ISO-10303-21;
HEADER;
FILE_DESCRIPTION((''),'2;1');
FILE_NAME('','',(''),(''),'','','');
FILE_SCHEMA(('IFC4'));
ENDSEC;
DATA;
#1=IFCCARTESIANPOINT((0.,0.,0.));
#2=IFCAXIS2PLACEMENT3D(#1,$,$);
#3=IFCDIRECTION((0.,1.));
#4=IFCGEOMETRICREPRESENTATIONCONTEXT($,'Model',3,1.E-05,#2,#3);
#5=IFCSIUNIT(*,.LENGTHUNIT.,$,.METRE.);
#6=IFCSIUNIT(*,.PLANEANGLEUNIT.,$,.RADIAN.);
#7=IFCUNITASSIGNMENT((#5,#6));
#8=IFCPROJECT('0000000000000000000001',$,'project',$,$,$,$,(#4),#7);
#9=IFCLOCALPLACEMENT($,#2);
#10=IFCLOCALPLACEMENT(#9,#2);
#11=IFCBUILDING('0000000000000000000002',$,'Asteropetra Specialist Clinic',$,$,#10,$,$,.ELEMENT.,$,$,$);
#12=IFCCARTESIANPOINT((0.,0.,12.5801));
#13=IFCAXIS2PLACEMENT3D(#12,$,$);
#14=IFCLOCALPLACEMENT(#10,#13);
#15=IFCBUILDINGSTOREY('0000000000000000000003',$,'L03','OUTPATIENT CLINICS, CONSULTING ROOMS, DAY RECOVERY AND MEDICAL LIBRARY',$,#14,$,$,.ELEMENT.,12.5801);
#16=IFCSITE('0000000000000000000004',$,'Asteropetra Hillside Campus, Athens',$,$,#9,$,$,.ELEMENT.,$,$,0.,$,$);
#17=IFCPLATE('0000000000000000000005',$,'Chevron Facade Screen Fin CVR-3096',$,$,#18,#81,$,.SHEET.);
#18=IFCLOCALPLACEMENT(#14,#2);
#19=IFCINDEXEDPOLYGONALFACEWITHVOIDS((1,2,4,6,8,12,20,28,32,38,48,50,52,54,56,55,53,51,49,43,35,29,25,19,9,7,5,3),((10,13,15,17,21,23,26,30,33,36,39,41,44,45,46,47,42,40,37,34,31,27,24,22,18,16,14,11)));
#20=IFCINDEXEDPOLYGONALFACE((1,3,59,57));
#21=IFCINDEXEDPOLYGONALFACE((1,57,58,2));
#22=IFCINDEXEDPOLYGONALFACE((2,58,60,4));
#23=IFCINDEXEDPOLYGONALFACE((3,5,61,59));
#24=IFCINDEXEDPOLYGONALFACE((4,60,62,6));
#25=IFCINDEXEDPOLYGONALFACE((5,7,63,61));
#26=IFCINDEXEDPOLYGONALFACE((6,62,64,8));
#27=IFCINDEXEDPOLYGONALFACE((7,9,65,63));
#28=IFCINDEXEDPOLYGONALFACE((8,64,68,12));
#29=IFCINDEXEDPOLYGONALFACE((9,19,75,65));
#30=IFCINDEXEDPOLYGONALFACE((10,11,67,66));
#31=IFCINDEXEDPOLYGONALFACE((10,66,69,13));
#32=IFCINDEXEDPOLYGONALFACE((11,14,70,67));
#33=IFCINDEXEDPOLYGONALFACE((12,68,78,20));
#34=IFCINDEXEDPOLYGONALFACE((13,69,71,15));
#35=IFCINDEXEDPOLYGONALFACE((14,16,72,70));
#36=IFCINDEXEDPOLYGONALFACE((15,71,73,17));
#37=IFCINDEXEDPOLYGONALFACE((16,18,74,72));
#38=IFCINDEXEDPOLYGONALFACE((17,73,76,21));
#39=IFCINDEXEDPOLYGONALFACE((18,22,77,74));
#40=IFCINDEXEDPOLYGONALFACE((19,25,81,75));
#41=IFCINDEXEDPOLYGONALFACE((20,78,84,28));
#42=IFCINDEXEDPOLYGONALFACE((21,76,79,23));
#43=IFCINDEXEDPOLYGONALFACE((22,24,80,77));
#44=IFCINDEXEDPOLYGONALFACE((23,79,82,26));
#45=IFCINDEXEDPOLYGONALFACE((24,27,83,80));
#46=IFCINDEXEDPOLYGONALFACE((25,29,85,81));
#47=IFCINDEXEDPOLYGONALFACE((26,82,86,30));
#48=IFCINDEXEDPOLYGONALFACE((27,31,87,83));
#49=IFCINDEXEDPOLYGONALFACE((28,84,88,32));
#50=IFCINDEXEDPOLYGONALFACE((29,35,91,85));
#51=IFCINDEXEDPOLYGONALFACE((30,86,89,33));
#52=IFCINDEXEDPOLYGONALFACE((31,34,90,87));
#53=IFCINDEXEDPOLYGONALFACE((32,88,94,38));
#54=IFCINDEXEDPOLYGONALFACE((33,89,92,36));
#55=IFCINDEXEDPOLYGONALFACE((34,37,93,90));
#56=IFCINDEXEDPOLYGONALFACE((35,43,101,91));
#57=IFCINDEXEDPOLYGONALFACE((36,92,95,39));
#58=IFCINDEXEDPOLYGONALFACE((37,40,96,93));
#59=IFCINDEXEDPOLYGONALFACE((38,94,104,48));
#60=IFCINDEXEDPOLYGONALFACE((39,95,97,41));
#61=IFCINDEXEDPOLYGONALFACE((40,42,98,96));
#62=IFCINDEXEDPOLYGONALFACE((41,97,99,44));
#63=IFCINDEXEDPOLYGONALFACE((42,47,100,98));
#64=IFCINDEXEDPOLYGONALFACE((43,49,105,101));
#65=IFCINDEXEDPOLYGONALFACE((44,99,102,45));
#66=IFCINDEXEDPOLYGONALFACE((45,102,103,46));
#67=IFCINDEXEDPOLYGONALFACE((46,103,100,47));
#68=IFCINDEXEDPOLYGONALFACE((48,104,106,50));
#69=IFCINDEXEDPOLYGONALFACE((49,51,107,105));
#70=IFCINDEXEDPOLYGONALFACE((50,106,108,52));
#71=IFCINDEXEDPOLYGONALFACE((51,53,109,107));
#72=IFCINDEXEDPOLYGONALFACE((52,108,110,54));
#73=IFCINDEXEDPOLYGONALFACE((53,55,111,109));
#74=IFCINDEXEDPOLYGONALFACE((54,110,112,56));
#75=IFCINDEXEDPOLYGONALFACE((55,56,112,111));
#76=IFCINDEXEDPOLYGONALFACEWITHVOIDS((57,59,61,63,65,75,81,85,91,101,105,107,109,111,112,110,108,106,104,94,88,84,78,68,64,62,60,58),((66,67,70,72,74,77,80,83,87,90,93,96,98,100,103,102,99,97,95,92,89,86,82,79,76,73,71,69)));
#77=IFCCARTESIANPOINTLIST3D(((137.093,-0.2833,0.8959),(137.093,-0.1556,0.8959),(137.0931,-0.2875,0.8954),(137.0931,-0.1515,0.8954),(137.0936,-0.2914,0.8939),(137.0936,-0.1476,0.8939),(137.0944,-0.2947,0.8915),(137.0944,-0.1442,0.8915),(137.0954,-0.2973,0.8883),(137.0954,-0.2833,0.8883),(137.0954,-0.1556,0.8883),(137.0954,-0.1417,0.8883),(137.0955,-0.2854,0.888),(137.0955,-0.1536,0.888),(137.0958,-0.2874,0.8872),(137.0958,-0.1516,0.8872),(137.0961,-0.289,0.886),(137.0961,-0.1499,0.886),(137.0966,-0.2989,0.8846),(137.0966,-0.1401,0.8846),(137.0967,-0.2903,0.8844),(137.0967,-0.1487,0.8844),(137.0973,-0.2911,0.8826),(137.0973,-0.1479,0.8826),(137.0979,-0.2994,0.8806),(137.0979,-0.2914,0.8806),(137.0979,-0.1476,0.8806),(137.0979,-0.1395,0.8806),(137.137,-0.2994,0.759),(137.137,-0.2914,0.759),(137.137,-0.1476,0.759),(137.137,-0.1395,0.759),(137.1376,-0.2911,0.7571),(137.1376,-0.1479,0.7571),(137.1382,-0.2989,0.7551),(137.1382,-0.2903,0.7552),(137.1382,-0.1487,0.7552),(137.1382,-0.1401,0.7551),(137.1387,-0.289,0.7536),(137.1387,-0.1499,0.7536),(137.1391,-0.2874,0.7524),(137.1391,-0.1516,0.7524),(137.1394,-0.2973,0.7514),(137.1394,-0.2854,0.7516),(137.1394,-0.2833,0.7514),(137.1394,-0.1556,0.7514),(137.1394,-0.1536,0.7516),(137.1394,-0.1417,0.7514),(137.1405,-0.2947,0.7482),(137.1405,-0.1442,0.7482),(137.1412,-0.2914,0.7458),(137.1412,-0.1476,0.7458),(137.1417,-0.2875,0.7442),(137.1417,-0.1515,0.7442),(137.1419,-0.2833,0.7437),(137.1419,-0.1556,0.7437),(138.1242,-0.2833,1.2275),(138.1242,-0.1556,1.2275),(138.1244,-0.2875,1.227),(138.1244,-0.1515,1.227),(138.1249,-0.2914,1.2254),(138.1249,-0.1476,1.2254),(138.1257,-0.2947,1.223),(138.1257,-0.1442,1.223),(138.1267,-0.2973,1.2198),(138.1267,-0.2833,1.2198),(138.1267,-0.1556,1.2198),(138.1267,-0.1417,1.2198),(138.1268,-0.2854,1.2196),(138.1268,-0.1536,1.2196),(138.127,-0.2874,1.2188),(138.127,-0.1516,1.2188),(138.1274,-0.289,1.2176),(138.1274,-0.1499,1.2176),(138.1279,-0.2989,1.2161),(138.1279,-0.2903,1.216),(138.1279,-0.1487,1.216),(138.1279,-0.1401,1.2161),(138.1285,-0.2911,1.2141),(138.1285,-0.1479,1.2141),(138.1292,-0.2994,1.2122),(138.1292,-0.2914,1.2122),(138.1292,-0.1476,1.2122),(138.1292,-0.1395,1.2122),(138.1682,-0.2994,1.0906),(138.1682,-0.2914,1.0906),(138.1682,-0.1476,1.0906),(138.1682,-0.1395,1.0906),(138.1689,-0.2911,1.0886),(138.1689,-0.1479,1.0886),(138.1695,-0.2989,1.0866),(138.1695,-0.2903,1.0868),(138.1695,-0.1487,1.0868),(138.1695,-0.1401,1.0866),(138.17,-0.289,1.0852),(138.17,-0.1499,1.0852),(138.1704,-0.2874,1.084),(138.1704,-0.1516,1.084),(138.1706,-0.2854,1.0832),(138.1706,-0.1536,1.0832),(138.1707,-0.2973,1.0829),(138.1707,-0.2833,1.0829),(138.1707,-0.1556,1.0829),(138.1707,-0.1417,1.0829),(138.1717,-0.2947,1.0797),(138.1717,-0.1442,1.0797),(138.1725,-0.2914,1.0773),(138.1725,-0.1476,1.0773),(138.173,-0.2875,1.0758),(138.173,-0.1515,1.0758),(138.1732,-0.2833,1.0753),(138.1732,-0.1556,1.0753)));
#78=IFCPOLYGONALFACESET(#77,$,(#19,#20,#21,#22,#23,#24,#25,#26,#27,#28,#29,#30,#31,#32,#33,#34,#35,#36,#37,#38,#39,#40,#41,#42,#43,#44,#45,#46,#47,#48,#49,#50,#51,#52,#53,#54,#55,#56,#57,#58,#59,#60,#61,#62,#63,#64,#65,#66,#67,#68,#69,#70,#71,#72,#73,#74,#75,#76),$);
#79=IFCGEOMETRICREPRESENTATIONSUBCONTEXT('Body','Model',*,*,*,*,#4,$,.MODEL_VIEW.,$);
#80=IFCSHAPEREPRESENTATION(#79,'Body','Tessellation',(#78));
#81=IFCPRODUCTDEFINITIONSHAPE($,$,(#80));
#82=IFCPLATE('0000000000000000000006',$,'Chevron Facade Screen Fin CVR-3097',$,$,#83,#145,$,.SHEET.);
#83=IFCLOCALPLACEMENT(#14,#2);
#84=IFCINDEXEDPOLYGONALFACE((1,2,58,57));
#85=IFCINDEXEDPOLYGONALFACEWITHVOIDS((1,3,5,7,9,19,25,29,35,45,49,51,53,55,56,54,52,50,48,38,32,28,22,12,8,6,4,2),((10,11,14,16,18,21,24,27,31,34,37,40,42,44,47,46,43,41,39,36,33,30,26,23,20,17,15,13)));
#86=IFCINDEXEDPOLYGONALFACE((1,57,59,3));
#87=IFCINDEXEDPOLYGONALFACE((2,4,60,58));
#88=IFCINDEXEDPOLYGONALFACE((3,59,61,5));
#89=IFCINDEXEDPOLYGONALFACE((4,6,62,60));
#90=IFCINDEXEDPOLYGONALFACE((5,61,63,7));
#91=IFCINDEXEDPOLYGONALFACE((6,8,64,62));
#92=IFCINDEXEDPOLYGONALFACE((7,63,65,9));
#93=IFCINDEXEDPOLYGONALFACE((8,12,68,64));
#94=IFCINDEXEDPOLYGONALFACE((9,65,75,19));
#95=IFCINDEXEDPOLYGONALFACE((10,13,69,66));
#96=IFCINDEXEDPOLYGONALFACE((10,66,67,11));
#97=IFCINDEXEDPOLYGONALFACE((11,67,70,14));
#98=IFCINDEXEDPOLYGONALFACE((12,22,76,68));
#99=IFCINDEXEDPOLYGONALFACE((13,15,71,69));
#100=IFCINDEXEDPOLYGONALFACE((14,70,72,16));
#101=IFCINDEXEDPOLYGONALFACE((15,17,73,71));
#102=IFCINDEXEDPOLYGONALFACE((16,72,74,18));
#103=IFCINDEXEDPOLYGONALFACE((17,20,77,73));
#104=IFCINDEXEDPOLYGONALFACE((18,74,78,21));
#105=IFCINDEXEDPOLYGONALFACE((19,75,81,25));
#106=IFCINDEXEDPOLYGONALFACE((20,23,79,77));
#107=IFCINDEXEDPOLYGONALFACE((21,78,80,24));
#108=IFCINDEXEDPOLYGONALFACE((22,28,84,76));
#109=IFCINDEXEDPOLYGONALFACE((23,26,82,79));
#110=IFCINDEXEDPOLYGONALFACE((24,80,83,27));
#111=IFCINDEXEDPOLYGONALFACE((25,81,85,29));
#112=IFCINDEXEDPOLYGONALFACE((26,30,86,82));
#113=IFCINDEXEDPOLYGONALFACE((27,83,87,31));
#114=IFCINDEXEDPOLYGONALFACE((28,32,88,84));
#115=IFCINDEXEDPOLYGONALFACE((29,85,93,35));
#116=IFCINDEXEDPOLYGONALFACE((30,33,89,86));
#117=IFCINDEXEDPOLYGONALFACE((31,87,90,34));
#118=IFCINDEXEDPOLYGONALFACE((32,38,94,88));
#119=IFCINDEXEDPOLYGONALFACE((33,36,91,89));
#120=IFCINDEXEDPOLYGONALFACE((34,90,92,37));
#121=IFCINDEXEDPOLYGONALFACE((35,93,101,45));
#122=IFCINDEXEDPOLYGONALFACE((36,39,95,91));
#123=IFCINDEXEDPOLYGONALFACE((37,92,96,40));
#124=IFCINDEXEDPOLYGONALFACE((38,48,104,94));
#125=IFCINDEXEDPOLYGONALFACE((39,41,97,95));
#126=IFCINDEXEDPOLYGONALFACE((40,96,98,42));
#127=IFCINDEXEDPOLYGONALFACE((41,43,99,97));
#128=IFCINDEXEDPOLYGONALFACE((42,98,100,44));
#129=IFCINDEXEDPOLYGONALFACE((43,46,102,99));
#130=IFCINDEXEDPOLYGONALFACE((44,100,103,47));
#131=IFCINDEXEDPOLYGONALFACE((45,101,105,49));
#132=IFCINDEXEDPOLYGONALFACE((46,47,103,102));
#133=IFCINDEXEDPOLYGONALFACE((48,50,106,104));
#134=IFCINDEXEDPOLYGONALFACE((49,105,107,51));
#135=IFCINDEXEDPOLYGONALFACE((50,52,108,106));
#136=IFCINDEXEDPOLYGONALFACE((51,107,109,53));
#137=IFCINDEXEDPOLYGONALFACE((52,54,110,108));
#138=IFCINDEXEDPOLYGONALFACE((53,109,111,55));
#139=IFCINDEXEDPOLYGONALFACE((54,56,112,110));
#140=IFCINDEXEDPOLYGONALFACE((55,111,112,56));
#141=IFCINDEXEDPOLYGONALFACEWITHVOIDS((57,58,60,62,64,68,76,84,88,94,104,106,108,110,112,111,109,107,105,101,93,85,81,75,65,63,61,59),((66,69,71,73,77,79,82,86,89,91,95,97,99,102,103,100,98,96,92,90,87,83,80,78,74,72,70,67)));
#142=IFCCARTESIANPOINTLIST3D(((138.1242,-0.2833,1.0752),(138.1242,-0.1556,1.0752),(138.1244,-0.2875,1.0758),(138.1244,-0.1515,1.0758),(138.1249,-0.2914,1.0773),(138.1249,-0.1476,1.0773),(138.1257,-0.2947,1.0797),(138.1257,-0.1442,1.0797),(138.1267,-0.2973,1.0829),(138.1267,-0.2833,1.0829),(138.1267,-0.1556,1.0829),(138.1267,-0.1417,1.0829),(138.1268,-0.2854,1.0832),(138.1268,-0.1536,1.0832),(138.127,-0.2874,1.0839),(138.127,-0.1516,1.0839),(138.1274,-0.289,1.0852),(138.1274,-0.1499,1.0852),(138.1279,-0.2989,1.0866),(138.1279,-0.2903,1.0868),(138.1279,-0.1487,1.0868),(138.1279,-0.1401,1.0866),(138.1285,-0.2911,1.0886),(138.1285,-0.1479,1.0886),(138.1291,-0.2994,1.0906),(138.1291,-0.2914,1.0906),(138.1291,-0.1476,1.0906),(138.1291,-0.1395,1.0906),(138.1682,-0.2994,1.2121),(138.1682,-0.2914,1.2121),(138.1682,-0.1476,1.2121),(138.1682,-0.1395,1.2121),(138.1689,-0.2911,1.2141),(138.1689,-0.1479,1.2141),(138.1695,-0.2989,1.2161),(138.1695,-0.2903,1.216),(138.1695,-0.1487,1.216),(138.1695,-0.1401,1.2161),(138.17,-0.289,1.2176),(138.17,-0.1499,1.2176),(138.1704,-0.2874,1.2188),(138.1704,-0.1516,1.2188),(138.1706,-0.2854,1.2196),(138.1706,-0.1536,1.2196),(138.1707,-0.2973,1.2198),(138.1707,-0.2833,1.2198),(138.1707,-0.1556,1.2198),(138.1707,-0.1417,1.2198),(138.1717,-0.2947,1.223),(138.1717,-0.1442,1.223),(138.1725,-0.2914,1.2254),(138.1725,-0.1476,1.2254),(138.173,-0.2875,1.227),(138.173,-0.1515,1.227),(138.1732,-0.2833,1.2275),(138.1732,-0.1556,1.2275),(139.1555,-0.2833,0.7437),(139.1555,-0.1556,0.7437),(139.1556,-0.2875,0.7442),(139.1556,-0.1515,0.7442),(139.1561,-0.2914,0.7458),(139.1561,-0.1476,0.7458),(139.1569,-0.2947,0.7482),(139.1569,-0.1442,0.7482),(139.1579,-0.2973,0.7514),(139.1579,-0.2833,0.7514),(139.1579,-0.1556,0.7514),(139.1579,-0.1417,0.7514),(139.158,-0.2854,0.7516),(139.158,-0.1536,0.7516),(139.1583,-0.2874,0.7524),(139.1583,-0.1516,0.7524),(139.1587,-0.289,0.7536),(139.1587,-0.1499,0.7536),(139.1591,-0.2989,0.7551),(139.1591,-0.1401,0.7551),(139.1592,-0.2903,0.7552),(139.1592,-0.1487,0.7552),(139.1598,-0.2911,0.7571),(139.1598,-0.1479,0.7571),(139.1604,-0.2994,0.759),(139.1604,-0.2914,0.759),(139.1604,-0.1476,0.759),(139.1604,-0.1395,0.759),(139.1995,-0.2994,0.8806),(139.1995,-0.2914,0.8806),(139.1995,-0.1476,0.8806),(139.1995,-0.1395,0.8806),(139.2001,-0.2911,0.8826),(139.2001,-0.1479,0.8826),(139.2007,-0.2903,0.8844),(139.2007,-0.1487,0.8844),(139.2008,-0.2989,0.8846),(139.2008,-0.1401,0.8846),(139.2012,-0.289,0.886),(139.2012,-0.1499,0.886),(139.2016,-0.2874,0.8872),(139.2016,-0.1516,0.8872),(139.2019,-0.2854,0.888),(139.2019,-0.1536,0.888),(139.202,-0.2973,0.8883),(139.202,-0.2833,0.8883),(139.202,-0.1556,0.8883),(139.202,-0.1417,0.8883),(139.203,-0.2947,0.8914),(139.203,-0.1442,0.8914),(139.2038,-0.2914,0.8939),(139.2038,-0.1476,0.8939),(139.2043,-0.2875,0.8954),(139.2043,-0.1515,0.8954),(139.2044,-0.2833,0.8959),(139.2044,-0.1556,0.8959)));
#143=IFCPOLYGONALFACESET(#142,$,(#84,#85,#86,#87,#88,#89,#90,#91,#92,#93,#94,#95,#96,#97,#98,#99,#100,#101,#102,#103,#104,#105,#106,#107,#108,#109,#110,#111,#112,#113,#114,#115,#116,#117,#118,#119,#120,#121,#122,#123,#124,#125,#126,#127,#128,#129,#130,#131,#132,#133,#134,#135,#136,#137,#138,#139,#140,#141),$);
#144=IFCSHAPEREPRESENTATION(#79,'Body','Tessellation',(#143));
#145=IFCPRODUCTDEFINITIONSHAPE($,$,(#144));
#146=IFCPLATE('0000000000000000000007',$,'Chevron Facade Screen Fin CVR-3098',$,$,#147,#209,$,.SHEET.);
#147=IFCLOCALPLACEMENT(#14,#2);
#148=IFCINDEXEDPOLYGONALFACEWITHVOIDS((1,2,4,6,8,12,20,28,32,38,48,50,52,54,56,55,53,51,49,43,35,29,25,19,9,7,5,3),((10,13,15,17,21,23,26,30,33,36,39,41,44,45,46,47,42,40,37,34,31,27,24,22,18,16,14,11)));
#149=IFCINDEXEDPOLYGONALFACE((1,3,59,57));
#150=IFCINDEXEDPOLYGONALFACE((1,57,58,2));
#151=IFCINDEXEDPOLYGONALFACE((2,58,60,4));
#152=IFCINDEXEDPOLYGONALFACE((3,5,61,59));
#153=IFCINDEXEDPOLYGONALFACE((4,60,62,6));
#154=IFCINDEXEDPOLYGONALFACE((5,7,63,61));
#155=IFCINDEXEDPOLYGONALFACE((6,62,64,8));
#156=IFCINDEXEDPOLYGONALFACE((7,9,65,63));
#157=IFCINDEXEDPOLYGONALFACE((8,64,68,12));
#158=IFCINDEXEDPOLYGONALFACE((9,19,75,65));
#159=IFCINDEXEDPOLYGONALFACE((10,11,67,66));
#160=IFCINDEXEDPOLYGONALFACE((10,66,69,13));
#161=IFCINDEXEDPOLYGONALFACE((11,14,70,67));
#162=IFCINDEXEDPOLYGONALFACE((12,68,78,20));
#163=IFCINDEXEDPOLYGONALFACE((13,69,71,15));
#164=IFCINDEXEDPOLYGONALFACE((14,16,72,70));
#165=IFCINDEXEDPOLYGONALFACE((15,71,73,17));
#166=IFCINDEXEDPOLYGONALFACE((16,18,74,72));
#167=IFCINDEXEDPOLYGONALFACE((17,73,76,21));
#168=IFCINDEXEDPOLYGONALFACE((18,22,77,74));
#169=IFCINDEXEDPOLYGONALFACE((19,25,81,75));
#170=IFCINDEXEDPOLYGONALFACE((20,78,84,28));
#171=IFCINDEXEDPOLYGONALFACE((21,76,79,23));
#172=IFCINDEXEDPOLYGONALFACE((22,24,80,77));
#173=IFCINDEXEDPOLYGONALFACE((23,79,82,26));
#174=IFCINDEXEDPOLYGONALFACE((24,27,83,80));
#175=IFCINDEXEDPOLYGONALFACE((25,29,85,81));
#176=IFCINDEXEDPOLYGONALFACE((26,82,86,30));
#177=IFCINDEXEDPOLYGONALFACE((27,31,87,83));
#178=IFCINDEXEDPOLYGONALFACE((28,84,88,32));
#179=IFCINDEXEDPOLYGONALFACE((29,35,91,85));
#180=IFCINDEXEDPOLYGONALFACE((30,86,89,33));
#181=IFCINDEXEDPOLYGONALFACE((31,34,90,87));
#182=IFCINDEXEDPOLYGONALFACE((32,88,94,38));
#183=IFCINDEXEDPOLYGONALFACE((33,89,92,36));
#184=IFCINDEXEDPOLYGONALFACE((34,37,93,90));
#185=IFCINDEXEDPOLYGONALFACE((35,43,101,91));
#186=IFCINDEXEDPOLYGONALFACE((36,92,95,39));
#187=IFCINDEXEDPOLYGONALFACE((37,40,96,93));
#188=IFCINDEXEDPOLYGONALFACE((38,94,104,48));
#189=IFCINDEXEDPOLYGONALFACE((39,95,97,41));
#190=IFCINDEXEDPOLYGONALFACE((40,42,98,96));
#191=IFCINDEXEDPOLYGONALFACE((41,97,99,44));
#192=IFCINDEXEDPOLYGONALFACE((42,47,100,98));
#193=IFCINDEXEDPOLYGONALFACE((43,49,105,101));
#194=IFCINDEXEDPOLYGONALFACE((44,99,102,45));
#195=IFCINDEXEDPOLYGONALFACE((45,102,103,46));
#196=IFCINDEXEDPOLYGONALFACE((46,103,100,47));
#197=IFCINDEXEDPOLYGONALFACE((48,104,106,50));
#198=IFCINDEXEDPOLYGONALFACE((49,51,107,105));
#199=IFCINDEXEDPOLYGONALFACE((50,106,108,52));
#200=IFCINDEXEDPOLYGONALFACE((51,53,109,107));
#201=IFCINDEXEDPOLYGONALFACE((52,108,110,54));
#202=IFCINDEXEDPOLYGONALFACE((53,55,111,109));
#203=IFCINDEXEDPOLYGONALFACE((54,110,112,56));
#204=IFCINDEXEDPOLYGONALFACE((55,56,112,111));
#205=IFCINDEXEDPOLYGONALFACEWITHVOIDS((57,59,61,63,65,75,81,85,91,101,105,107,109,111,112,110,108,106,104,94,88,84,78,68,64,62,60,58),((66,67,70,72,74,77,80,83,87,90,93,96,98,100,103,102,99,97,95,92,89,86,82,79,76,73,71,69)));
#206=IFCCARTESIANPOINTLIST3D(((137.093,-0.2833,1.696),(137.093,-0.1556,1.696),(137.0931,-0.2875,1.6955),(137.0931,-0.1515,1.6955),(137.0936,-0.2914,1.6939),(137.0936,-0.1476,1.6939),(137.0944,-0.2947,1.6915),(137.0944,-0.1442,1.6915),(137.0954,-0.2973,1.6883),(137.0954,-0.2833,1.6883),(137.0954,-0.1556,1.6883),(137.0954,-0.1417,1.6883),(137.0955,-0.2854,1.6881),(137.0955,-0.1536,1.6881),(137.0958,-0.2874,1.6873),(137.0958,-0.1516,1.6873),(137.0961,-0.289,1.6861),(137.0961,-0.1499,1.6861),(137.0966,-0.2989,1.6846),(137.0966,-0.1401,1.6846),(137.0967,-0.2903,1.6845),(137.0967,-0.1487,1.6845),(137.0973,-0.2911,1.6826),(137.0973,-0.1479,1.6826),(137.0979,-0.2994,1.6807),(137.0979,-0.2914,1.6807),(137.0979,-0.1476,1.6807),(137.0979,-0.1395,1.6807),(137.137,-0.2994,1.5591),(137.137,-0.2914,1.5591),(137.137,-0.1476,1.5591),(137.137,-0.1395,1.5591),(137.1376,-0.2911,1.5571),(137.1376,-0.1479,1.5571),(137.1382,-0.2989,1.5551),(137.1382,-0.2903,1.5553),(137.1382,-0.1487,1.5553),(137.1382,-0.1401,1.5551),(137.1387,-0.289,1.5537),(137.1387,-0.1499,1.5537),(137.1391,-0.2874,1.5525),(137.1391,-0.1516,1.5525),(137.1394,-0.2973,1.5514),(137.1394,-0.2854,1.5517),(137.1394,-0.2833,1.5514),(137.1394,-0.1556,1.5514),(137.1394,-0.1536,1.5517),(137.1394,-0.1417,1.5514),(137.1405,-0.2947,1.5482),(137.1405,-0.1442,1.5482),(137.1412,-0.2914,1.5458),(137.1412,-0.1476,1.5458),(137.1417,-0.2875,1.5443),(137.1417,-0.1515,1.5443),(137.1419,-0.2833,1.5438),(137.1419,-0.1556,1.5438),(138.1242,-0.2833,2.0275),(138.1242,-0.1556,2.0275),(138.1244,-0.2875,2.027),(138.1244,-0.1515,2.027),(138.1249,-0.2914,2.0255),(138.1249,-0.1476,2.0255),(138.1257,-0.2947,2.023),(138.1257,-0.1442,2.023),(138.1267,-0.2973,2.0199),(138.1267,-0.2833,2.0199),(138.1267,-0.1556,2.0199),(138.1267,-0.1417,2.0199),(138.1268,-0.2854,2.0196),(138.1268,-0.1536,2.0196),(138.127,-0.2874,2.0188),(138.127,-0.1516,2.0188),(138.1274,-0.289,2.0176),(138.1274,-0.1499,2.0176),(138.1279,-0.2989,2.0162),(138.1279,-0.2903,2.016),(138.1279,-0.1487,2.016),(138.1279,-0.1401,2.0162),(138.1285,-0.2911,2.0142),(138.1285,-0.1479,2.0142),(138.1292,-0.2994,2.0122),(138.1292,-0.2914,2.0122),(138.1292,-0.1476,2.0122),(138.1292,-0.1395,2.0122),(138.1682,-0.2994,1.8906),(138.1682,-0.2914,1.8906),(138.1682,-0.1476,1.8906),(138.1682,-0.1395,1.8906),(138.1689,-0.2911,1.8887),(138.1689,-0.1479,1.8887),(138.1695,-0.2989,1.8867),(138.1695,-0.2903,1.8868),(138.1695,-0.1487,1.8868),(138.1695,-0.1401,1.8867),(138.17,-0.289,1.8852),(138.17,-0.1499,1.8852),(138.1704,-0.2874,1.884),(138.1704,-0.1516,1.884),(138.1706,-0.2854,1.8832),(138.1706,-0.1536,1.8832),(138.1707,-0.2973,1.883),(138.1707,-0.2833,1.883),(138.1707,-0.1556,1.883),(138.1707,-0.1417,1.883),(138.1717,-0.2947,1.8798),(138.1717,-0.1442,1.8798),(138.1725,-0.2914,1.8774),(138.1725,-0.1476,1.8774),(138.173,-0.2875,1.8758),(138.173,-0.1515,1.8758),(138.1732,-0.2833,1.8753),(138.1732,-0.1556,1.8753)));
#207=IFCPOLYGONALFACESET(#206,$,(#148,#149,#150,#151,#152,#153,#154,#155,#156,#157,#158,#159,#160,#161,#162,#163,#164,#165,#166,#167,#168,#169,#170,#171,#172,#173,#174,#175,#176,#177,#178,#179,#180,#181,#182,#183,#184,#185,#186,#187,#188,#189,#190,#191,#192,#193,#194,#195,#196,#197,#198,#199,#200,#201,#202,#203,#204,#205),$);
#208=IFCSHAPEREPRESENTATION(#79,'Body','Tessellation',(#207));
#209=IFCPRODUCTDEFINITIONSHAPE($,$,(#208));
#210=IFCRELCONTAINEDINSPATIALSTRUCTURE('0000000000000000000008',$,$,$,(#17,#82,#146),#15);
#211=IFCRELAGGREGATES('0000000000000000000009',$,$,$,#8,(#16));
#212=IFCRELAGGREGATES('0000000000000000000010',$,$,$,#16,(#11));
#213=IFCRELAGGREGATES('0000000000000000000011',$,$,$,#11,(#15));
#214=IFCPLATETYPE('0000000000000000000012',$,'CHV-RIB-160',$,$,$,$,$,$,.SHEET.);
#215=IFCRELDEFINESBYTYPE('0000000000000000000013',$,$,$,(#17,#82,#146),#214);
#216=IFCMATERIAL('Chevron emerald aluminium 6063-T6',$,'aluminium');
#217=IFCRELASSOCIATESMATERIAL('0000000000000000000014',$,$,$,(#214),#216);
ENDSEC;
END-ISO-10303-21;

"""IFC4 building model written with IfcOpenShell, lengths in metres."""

from ifc_helpers import new_model, si_unit, direction, frame, origin, origin_2d, place, context, subcontext, project, spatial, hollow_rectangle, extrude, material, material_profile, profile_set, type_object, element, save


model = new_model("IFC4")

# Units and contexts
model_context = context("Model", 3, precision=1e-05, world=origin(), true_north=direction((0.0, 1.0)))
body_context = subcontext(model_context, "Body", "Model", "MODEL_VIEW")
ifc_project = project(units=[si_unit("LENGTHUNIT", "METRE"), si_unit("PLANEANGLEUNIT", "RADIAN")], contexts=[model_context])

# Site, building, storey
site_placement = place(None, origin())
site = spatial("IfcSite", under=ifc_project, at=site_placement, Name="Asteropetra Hillside Campus, Athens", CompositionType="ELEMENT", RefElevation=0.0)
building_placement = place(site_placement, origin())
building = spatial("IfcBuilding", under=site, at=building_placement, Name="Asteropetra Specialist Clinic", CompositionType="ELEMENT")
storey_placement = place(building_placement, frame((0.0, 0.0, 12.5801)))
storey = spatial("IfcBuildingStorey", under=building, at=storey_placement, Name="L03", Description="OUTPATIENT CLINICS, CONSULTING ROOMS, DAY RECOVERY AND MEDICAL LIBRARY", CompositionType="ELEMENT", Elevation=12.5801)

# Plates
ifc_material_1 = material(Name="Chevron emerald aluminium 6063-T6", Category="aluminium")
ifc_material_profile_1 = material_profile(ifc_material_1, hollow_rectangle(XDim=0.1599, YDim=0.1599, WallThickness=0.0081, InnerFilletRadius=0.0081, OuterFilletRadius=0.0161, at=origin_2d()), Name="SHS 160x160x8.0")
ifc_profile_set_1 = profile_set([ifc_material_profile_1], Name="Chevron emerald aluminium 6063-T6")
plate_type_1 = type_object("IfcPlateType", Name="CHV-RIB-160", PredefinedType="SHEET", material=ifc_profile_set_1)
for number, where, z_axis, x_axis, name in (
    (1, (137.1174, -0.2195, 0.8198), (0.95201, 0.0, 0.306068), (0.0, 1.0, 0.0), "Chevron Facade Screen Fin CVR-3096"),
    (2, (138.1487, -0.2195, 1.1514), (0.95201, 0.0, -0.306068), (0.0, 1.0, 0.0), "Chevron Facade Screen Fin CVR-3097"),
    (3, (137.1174, -0.2195, 1.6199), (0.95201, 0.0, 0.306068), (0.0, 1.0, 0.0), "Chevron Facade Screen Fin CVR-3098"),
):
    element("IfcPlate", number, at=place(storey_placement, frame(where, z_axis=z_axis, x_axis=x_axis)), inside=storey, type_object=plate_type_1, Name=name, PredefinedType="SHEET", context=body_context, shape_type="SweptSolid", body=[
        extrude(hollow_rectangle(XDim=0.1599, YDim=0.1599, WallThickness=0.0081, InnerFilletRadius=0.0081, OuterFilletRadius=0.0161, at=origin_2d()), origin(), (0.0, 0.0, 1.0), 1.0833),
    ])

save(model, "model.ifc")
